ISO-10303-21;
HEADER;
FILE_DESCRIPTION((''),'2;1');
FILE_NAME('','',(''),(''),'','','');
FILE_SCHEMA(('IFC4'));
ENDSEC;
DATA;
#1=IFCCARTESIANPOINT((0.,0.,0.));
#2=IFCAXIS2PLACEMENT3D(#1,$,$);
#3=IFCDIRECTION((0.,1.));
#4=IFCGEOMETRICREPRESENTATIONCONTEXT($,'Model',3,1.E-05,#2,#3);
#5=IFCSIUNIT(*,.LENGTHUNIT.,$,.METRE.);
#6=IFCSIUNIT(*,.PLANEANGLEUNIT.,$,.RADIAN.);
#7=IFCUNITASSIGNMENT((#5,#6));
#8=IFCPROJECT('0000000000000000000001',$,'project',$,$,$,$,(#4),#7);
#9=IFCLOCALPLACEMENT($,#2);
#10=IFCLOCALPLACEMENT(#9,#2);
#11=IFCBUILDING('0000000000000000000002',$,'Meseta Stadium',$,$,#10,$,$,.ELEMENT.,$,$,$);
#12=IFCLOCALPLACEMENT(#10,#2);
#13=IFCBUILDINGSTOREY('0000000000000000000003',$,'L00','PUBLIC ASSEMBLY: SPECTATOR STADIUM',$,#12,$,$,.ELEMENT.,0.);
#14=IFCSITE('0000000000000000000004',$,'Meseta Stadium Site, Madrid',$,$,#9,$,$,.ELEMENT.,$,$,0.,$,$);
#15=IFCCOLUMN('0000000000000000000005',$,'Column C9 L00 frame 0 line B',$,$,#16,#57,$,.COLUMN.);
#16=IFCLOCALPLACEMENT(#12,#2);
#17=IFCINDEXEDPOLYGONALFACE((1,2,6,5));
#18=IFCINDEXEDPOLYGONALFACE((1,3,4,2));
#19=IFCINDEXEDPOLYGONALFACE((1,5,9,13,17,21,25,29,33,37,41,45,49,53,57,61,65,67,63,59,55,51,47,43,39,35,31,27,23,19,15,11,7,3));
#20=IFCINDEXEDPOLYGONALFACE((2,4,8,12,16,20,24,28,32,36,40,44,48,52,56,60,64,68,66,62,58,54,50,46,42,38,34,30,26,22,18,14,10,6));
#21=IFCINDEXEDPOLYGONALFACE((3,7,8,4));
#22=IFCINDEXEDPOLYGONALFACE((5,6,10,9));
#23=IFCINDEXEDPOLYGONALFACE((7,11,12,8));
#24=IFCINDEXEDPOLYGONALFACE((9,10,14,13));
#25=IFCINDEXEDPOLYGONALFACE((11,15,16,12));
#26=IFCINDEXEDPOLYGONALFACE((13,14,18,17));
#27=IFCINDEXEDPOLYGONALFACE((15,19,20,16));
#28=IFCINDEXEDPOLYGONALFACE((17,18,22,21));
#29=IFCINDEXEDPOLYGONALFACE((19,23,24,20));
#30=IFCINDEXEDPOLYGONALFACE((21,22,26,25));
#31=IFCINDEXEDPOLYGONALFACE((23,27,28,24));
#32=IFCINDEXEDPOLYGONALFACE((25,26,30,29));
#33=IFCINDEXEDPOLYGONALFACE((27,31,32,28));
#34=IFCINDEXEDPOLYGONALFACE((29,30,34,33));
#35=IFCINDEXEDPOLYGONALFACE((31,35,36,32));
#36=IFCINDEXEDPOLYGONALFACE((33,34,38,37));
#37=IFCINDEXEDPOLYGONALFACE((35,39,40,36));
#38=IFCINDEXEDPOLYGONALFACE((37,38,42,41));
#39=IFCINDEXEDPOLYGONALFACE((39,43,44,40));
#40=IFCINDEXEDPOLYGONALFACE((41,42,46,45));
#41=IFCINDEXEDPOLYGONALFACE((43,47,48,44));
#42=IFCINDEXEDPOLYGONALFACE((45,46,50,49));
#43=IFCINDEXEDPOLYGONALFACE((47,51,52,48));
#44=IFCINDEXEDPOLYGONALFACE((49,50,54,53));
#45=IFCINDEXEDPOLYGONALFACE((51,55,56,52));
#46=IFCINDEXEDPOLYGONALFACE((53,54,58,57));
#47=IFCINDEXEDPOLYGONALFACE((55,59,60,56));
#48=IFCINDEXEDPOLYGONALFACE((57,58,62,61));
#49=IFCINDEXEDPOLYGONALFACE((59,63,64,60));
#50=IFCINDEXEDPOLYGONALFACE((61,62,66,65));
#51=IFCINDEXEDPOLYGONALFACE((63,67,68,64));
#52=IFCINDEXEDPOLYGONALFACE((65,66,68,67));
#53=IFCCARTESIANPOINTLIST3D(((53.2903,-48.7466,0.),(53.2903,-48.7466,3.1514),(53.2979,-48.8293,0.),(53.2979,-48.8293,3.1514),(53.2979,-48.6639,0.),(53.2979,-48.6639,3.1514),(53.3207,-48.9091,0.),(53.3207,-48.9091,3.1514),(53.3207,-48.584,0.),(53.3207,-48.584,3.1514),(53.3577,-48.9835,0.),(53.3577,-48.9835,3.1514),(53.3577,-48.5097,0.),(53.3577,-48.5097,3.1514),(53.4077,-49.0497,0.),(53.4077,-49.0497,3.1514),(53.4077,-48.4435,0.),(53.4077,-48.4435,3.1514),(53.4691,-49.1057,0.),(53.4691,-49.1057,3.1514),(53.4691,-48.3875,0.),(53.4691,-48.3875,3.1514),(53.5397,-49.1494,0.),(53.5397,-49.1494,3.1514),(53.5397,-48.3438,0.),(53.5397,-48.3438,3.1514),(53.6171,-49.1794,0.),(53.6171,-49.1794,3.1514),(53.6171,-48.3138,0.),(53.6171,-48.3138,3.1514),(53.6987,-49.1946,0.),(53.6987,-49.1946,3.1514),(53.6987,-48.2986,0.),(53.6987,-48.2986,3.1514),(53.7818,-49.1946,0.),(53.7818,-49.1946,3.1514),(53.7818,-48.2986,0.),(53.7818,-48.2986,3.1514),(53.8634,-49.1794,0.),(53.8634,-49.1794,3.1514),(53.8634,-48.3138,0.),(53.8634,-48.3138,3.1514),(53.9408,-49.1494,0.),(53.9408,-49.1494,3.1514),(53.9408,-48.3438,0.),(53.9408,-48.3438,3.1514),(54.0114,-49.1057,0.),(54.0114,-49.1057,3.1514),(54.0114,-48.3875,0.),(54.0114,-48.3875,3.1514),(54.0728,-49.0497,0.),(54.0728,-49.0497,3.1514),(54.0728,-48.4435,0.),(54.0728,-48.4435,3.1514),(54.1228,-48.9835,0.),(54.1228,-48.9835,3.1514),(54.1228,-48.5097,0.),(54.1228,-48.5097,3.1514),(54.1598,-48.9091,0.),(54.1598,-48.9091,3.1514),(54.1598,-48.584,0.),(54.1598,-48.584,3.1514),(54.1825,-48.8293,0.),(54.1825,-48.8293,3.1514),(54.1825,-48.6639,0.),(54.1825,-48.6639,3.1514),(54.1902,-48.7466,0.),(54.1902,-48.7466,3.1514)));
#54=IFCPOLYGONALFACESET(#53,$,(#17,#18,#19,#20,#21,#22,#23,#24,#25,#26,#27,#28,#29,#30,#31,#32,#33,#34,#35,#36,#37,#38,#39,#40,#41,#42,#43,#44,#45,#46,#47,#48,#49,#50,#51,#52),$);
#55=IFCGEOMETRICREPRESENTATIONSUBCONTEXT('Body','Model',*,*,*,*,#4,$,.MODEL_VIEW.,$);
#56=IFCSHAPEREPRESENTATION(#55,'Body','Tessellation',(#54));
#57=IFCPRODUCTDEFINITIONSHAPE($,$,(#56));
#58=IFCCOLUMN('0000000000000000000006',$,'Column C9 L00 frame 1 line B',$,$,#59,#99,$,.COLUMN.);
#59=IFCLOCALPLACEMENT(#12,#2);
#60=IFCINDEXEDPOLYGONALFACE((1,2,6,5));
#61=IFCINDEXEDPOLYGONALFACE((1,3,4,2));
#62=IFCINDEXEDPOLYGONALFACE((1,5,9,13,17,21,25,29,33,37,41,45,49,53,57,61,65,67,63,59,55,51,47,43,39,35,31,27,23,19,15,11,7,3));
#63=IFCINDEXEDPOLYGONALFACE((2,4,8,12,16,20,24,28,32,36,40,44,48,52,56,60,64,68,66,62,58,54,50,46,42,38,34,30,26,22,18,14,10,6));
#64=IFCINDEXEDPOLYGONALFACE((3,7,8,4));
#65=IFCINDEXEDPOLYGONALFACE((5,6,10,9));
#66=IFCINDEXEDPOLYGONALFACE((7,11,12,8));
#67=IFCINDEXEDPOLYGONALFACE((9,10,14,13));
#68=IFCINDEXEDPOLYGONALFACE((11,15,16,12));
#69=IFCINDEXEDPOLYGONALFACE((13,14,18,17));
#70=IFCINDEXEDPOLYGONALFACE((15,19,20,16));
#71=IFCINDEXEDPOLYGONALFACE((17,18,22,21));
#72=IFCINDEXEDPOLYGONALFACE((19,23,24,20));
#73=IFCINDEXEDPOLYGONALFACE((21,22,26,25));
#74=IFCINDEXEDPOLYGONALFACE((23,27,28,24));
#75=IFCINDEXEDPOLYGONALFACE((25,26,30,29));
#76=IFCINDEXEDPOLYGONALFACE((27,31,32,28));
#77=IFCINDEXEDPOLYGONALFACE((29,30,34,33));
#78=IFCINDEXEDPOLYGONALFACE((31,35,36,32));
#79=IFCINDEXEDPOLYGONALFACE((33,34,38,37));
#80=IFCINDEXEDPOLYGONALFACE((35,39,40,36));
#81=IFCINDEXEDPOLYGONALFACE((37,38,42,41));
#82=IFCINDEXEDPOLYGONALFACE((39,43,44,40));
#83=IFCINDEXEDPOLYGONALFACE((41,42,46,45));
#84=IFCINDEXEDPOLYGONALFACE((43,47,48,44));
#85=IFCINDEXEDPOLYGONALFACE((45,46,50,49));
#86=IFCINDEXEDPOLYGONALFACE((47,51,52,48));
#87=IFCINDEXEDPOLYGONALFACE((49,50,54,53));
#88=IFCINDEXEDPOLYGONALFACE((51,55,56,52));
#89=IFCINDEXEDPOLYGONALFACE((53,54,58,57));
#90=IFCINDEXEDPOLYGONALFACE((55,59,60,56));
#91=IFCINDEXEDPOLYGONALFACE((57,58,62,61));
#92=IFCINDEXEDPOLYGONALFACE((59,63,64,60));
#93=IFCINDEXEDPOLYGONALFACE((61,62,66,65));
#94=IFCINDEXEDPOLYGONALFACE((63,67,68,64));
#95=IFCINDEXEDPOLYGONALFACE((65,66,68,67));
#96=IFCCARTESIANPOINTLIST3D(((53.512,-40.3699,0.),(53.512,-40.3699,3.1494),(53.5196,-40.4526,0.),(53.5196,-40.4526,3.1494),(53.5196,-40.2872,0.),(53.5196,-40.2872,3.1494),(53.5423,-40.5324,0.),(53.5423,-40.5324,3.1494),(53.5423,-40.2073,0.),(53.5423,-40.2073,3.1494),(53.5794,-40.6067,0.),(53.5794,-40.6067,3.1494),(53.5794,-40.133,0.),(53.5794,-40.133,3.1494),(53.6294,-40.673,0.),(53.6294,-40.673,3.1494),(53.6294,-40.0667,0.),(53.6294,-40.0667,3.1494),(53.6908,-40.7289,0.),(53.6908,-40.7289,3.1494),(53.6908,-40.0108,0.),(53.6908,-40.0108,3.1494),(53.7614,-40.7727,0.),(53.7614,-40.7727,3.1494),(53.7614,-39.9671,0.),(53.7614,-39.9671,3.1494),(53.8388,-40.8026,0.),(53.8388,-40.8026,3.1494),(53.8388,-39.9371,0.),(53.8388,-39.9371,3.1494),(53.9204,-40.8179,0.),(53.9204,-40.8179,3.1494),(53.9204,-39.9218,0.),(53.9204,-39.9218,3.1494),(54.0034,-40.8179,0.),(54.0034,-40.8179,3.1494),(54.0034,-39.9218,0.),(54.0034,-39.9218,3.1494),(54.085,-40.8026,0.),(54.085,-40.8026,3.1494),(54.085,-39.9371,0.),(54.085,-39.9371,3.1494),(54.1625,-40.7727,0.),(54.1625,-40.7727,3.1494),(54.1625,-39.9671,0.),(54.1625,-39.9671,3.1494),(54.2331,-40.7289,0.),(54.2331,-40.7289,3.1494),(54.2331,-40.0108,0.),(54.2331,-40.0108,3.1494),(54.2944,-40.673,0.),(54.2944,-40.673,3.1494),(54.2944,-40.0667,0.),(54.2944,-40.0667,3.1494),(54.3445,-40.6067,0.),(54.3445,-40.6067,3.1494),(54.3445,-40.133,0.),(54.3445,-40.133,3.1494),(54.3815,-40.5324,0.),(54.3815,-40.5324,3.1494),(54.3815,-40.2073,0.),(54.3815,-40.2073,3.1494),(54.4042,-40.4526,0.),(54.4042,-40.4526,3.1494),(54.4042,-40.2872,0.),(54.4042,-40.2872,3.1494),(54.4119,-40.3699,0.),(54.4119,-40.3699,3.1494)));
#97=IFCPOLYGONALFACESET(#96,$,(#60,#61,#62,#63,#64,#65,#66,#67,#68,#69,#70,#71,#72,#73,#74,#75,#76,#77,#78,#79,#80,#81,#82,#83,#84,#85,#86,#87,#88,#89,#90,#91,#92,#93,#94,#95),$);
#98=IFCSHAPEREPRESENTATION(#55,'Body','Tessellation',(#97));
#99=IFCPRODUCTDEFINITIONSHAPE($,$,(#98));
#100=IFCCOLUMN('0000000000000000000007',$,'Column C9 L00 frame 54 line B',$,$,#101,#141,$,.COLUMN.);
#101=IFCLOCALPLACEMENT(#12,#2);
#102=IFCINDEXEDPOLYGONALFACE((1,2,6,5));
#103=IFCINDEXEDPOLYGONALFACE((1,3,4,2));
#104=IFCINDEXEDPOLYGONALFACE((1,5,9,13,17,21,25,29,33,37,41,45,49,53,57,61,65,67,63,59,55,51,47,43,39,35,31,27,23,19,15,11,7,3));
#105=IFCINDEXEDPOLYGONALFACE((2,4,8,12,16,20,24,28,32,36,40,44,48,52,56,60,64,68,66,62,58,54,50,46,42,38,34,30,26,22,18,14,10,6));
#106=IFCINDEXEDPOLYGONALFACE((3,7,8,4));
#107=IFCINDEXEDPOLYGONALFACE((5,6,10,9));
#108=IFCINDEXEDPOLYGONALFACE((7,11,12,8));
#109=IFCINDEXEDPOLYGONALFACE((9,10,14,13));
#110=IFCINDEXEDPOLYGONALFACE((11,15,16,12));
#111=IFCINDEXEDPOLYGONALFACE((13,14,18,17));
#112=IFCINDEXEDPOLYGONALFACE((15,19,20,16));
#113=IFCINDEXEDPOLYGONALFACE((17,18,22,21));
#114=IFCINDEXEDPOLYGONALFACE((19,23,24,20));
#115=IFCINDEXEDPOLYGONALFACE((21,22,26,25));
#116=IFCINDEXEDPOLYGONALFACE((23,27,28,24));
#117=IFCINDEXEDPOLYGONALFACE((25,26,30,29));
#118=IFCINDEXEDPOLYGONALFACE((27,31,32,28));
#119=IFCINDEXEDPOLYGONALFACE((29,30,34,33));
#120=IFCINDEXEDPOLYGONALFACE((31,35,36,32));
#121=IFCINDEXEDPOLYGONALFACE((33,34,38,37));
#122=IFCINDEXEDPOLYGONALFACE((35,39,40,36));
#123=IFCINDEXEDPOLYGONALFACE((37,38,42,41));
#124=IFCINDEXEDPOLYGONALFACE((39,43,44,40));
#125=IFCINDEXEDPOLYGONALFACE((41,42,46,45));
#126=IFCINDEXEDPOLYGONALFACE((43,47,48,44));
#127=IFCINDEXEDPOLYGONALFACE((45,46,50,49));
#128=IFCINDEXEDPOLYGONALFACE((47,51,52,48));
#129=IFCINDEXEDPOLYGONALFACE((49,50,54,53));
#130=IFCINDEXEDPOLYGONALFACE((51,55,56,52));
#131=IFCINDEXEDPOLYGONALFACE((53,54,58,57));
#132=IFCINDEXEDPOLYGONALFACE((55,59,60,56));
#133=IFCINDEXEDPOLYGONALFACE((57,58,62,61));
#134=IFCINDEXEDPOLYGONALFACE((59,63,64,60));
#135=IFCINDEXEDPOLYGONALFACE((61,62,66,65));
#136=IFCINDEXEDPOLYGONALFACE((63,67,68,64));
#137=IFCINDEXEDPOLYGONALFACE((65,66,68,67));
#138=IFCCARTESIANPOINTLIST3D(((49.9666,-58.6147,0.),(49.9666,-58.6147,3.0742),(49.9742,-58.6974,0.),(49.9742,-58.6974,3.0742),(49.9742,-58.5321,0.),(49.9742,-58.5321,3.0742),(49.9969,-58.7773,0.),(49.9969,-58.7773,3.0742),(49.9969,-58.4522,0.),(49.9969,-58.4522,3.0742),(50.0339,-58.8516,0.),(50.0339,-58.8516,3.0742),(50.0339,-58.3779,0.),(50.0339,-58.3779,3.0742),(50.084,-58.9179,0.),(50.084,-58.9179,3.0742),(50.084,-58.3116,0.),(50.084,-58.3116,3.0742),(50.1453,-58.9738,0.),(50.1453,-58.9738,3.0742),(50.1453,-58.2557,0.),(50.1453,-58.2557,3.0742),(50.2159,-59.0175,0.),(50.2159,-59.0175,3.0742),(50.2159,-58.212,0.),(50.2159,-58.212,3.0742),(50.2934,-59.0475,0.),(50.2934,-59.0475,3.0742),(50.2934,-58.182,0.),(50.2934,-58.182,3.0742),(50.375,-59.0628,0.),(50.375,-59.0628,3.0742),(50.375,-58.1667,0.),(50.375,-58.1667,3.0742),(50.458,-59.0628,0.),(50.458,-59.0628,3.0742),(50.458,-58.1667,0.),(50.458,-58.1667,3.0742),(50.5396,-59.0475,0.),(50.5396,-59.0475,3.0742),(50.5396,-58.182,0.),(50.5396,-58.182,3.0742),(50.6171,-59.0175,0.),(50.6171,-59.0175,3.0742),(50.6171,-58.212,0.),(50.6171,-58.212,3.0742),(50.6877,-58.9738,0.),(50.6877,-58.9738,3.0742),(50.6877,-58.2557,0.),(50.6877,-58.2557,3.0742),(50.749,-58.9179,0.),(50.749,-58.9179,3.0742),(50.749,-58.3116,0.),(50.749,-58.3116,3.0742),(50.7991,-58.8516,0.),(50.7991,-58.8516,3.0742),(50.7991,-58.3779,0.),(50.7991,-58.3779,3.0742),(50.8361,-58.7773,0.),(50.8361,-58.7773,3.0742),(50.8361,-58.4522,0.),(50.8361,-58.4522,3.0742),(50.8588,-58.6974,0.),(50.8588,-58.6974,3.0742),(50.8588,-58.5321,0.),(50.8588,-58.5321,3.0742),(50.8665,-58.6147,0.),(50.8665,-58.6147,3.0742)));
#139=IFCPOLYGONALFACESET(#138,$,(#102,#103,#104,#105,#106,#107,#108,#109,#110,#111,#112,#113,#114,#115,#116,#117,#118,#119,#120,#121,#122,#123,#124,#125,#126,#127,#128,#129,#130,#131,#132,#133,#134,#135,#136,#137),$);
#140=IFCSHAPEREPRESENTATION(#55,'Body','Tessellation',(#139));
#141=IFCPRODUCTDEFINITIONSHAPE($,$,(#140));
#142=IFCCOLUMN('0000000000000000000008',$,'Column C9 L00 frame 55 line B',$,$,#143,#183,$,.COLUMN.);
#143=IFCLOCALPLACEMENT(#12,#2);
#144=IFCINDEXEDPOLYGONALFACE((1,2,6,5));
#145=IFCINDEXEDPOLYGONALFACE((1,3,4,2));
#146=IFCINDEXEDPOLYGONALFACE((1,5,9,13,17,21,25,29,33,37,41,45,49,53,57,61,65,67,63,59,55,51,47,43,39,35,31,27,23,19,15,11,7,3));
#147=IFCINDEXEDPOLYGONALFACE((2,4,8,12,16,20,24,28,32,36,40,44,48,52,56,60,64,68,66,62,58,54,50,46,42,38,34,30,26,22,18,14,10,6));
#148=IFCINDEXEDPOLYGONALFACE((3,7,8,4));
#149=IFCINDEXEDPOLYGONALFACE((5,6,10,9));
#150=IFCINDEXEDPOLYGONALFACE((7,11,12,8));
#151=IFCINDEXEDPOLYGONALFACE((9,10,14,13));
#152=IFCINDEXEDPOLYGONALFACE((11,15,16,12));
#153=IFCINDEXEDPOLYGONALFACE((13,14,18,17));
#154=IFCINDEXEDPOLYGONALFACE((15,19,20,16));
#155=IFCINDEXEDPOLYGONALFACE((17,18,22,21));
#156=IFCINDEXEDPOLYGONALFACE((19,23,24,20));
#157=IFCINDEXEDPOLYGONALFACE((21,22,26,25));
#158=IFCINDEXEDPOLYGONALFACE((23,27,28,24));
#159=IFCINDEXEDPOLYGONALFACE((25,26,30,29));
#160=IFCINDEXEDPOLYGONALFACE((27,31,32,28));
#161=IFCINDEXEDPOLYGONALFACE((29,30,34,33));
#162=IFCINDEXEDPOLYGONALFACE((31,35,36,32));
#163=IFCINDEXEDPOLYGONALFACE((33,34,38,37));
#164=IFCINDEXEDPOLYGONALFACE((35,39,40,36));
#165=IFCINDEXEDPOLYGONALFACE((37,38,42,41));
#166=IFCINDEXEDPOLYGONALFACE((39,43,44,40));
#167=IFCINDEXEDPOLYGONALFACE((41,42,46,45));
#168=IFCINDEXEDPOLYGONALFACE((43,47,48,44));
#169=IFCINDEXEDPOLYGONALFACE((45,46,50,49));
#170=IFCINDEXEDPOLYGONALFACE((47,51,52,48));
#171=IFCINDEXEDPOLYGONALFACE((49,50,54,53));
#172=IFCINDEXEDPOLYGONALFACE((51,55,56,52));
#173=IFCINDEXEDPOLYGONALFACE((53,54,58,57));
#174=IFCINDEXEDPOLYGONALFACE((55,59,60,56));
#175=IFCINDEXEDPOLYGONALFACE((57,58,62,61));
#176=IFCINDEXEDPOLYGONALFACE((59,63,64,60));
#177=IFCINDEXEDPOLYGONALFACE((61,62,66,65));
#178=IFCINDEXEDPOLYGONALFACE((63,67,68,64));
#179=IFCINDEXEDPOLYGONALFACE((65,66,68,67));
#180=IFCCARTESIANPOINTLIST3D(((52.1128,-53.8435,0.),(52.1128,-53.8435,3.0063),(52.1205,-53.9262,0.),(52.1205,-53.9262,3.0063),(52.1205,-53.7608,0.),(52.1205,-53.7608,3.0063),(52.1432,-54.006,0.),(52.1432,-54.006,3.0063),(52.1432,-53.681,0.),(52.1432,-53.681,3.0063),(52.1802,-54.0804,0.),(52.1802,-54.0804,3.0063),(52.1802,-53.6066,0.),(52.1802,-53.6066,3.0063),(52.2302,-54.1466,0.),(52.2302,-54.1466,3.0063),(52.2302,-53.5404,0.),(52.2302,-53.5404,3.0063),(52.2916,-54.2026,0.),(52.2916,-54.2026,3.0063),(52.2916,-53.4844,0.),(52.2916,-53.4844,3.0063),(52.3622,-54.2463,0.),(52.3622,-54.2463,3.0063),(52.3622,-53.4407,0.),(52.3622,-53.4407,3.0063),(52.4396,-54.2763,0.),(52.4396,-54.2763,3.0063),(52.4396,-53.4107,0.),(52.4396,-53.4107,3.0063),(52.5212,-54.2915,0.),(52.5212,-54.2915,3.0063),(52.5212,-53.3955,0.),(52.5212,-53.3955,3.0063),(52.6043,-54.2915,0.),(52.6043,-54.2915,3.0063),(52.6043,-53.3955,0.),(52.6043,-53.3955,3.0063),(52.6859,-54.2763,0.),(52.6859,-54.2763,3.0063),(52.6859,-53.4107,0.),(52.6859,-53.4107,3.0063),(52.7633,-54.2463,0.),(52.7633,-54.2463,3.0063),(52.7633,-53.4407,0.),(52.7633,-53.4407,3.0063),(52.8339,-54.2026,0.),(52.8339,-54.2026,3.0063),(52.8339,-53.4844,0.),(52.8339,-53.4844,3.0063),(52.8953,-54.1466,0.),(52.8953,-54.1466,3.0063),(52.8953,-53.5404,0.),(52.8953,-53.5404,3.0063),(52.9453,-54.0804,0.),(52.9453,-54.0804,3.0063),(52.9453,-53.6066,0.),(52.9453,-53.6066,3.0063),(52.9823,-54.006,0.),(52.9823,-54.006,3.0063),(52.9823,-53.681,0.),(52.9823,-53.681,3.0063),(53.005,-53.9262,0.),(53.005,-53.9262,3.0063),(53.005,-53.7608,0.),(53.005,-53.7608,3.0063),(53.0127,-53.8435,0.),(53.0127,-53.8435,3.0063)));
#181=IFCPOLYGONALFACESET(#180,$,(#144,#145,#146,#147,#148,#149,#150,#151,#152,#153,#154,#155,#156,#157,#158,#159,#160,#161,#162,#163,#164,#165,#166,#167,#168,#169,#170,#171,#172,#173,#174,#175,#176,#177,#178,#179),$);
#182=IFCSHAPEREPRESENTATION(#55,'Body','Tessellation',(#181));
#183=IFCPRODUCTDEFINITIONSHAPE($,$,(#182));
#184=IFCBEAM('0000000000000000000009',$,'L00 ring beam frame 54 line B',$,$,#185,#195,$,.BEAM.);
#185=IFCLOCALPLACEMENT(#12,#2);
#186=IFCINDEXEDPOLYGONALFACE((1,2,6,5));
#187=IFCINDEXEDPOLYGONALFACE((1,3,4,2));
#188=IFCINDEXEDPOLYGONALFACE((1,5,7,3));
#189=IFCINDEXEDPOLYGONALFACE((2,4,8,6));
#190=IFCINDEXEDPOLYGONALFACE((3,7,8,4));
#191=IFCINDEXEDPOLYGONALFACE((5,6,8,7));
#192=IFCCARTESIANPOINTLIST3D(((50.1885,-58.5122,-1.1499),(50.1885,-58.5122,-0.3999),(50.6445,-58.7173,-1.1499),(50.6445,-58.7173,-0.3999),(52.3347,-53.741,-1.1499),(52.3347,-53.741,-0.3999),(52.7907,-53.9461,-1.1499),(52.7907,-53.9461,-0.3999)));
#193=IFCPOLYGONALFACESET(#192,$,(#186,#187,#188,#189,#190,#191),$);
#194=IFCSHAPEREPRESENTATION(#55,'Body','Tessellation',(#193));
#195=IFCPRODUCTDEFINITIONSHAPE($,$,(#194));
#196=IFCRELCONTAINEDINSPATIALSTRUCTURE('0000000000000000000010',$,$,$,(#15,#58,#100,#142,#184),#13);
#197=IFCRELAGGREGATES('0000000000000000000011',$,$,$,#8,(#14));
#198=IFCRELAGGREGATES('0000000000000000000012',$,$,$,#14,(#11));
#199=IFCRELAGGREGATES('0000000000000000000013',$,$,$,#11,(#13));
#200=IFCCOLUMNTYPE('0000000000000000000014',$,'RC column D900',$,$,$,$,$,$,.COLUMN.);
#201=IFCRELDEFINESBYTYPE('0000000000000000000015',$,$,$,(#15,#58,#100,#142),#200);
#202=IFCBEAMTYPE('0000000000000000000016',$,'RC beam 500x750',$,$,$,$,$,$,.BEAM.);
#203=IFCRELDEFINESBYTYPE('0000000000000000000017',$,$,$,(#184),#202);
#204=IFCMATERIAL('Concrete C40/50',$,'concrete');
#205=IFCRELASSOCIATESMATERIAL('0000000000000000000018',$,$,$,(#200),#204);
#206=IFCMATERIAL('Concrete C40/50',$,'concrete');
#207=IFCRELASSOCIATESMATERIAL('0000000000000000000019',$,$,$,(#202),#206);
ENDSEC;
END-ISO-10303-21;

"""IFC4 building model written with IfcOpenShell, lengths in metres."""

from ifc_helpers import new_model, si_unit, direction, frame, origin, origin_2d, place, context, subcontext, project, spatial, rectangle, circle, extrude, material, material_profile, profile_set, type_object, element, save


model = new_model("IFC4")

# Units and contexts
model_context = context("Model", 3, precision=1e-05, world=origin(), true_north=direction((0.0, 1.0)))
body_context = subcontext(model_context, "Body", "Model", "MODEL_VIEW")
ifc_project = project(units=[si_unit("LENGTHUNIT", "METRE"), si_unit("PLANEANGLEUNIT", "RADIAN")], contexts=[model_context])

# Site, building, storey
site_placement = place(None, origin())
site = spatial("IfcSite", under=ifc_project, at=site_placement, Name="Meseta Stadium Site, Madrid", CompositionType="ELEMENT", RefElevation=0.0)
building_placement = place(site_placement, origin())
building = spatial("IfcBuilding", under=site, at=building_placement, Name="Meseta Stadium", CompositionType="ELEMENT")
storey_placement = place(building_placement, origin())
storey = spatial("IfcBuildingStorey", under=building, at=storey_placement, Name="L00", Description="PUBLIC ASSEMBLY: SPECTATOR STADIUM", CompositionType="ELEMENT", Elevation=0.0)

# Columns
ifc_material_1 = material(Name="Concrete C40/50", Category="concrete")
ifc_material_profile_1 = material_profile(ifc_material_1, circle(Radius=0.45, at=origin_2d()), Name="RC D900")
ifc_profile_set_1 = profile_set([ifc_material_profile_1], Name="Concrete C40/50")
column_type = type_object("IfcColumnType", Name="RC column D900", PredefinedType="COLUMN", material=ifc_profile_set_1)
column_1_placement = place(storey_placement, frame((53.7402, -48.7466, 0.0), z_axis=(0.0, 0.0, 1.0), x_axis=(1.0, 0.0, 0.0)))
element("IfcColumn", 1, at=column_1_placement, inside=storey, type_object=column_type, Name="Column C9 L00 frame 0 line B", PredefinedType="COLUMN", context=body_context, shape_type="SweptSolid", body=[
    extrude(circle(Radius=0.45, at=origin_2d()), origin(), (0.0, 0.0, 1.0), 3.1514),
])
column_2_placement = place(storey_placement, frame((53.9619, -40.3699, 0.0), z_axis=(0.0, 0.0, 1.0), x_axis=(1.0, 0.0, 0.0)))
element("IfcColumn", 2, at=column_2_placement, inside=storey, type_object=column_type, Name="Column C9 L00 frame 1 line B", PredefinedType="COLUMN", context=body_context, shape_type="SweptSolid", body=[
    extrude(circle(Radius=0.45, at=origin_2d()), origin(), (0.0, 0.0, 1.0), 3.1494),
])
column_3_placement = place(storey_placement, frame((50.4165, -58.6147, 0.0), z_axis=(0.0, 0.0, 1.0), x_axis=(1.0, 0.0, 0.0)))
element("IfcColumn", 3, at=column_3_placement, inside=storey, type_object=column_type, Name="Column C9 L00 frame 54 line B", PredefinedType="COLUMN", context=body_context, shape_type="SweptSolid", body=[
    extrude(circle(Radius=0.45, at=origin_2d()), origin(), (0.0, 0.0, 1.0), 3.0742),
])
column_4_placement = place(storey_placement, frame((52.5627, -53.8435, 0.0), z_axis=(0.0, 0.0, 1.0), x_axis=(1.0, 0.0, 0.0)))
element("IfcColumn", 4, at=column_4_placement, inside=storey, type_object=column_type, Name="Column C9 L00 frame 55 line B", PredefinedType="COLUMN", context=body_context, shape_type="SweptSolid", body=[
    extrude(circle(Radius=0.45, at=origin_2d()), origin(), (0.0, 0.0, 1.0), 3.0063),
])

# Beam
ifc_material_2 = material(Name="Concrete C40/50", Category="concrete")
ifc_material_profile_2 = material_profile(ifc_material_2, rectangle(XDim=0.5, YDim=0.75, at=origin_2d()), Name="RC 500x750")
ifc_profile_set_2 = profile_set([ifc_material_profile_2], Name="Concrete C40/50")
beam_type_1 = type_object("IfcBeamType", Name="RC beam 500x750", PredefinedType="BEAM", material=ifc_profile_set_2)
beam_1_placement = place(storey_placement, frame((50.4165, -58.6147, -0.7749), z_axis=(0.410235, 0.91198, 0.0), x_axis=(-0.91198, 0.410235, 0.0)))
element("IfcBeam", 5, at=beam_1_placement, inside=storey, type_object=beam_type_1, Name="L00 ring beam frame 54 line B", PredefinedType="BEAM", context=body_context, shape_type="SweptSolid", body=[
    extrude(rectangle(XDim=0.5, YDim=0.75, at=origin_2d()), origin(), (0.0, 0.0, 1.0), 5.2317),
])

save(model, "model.ifc")
